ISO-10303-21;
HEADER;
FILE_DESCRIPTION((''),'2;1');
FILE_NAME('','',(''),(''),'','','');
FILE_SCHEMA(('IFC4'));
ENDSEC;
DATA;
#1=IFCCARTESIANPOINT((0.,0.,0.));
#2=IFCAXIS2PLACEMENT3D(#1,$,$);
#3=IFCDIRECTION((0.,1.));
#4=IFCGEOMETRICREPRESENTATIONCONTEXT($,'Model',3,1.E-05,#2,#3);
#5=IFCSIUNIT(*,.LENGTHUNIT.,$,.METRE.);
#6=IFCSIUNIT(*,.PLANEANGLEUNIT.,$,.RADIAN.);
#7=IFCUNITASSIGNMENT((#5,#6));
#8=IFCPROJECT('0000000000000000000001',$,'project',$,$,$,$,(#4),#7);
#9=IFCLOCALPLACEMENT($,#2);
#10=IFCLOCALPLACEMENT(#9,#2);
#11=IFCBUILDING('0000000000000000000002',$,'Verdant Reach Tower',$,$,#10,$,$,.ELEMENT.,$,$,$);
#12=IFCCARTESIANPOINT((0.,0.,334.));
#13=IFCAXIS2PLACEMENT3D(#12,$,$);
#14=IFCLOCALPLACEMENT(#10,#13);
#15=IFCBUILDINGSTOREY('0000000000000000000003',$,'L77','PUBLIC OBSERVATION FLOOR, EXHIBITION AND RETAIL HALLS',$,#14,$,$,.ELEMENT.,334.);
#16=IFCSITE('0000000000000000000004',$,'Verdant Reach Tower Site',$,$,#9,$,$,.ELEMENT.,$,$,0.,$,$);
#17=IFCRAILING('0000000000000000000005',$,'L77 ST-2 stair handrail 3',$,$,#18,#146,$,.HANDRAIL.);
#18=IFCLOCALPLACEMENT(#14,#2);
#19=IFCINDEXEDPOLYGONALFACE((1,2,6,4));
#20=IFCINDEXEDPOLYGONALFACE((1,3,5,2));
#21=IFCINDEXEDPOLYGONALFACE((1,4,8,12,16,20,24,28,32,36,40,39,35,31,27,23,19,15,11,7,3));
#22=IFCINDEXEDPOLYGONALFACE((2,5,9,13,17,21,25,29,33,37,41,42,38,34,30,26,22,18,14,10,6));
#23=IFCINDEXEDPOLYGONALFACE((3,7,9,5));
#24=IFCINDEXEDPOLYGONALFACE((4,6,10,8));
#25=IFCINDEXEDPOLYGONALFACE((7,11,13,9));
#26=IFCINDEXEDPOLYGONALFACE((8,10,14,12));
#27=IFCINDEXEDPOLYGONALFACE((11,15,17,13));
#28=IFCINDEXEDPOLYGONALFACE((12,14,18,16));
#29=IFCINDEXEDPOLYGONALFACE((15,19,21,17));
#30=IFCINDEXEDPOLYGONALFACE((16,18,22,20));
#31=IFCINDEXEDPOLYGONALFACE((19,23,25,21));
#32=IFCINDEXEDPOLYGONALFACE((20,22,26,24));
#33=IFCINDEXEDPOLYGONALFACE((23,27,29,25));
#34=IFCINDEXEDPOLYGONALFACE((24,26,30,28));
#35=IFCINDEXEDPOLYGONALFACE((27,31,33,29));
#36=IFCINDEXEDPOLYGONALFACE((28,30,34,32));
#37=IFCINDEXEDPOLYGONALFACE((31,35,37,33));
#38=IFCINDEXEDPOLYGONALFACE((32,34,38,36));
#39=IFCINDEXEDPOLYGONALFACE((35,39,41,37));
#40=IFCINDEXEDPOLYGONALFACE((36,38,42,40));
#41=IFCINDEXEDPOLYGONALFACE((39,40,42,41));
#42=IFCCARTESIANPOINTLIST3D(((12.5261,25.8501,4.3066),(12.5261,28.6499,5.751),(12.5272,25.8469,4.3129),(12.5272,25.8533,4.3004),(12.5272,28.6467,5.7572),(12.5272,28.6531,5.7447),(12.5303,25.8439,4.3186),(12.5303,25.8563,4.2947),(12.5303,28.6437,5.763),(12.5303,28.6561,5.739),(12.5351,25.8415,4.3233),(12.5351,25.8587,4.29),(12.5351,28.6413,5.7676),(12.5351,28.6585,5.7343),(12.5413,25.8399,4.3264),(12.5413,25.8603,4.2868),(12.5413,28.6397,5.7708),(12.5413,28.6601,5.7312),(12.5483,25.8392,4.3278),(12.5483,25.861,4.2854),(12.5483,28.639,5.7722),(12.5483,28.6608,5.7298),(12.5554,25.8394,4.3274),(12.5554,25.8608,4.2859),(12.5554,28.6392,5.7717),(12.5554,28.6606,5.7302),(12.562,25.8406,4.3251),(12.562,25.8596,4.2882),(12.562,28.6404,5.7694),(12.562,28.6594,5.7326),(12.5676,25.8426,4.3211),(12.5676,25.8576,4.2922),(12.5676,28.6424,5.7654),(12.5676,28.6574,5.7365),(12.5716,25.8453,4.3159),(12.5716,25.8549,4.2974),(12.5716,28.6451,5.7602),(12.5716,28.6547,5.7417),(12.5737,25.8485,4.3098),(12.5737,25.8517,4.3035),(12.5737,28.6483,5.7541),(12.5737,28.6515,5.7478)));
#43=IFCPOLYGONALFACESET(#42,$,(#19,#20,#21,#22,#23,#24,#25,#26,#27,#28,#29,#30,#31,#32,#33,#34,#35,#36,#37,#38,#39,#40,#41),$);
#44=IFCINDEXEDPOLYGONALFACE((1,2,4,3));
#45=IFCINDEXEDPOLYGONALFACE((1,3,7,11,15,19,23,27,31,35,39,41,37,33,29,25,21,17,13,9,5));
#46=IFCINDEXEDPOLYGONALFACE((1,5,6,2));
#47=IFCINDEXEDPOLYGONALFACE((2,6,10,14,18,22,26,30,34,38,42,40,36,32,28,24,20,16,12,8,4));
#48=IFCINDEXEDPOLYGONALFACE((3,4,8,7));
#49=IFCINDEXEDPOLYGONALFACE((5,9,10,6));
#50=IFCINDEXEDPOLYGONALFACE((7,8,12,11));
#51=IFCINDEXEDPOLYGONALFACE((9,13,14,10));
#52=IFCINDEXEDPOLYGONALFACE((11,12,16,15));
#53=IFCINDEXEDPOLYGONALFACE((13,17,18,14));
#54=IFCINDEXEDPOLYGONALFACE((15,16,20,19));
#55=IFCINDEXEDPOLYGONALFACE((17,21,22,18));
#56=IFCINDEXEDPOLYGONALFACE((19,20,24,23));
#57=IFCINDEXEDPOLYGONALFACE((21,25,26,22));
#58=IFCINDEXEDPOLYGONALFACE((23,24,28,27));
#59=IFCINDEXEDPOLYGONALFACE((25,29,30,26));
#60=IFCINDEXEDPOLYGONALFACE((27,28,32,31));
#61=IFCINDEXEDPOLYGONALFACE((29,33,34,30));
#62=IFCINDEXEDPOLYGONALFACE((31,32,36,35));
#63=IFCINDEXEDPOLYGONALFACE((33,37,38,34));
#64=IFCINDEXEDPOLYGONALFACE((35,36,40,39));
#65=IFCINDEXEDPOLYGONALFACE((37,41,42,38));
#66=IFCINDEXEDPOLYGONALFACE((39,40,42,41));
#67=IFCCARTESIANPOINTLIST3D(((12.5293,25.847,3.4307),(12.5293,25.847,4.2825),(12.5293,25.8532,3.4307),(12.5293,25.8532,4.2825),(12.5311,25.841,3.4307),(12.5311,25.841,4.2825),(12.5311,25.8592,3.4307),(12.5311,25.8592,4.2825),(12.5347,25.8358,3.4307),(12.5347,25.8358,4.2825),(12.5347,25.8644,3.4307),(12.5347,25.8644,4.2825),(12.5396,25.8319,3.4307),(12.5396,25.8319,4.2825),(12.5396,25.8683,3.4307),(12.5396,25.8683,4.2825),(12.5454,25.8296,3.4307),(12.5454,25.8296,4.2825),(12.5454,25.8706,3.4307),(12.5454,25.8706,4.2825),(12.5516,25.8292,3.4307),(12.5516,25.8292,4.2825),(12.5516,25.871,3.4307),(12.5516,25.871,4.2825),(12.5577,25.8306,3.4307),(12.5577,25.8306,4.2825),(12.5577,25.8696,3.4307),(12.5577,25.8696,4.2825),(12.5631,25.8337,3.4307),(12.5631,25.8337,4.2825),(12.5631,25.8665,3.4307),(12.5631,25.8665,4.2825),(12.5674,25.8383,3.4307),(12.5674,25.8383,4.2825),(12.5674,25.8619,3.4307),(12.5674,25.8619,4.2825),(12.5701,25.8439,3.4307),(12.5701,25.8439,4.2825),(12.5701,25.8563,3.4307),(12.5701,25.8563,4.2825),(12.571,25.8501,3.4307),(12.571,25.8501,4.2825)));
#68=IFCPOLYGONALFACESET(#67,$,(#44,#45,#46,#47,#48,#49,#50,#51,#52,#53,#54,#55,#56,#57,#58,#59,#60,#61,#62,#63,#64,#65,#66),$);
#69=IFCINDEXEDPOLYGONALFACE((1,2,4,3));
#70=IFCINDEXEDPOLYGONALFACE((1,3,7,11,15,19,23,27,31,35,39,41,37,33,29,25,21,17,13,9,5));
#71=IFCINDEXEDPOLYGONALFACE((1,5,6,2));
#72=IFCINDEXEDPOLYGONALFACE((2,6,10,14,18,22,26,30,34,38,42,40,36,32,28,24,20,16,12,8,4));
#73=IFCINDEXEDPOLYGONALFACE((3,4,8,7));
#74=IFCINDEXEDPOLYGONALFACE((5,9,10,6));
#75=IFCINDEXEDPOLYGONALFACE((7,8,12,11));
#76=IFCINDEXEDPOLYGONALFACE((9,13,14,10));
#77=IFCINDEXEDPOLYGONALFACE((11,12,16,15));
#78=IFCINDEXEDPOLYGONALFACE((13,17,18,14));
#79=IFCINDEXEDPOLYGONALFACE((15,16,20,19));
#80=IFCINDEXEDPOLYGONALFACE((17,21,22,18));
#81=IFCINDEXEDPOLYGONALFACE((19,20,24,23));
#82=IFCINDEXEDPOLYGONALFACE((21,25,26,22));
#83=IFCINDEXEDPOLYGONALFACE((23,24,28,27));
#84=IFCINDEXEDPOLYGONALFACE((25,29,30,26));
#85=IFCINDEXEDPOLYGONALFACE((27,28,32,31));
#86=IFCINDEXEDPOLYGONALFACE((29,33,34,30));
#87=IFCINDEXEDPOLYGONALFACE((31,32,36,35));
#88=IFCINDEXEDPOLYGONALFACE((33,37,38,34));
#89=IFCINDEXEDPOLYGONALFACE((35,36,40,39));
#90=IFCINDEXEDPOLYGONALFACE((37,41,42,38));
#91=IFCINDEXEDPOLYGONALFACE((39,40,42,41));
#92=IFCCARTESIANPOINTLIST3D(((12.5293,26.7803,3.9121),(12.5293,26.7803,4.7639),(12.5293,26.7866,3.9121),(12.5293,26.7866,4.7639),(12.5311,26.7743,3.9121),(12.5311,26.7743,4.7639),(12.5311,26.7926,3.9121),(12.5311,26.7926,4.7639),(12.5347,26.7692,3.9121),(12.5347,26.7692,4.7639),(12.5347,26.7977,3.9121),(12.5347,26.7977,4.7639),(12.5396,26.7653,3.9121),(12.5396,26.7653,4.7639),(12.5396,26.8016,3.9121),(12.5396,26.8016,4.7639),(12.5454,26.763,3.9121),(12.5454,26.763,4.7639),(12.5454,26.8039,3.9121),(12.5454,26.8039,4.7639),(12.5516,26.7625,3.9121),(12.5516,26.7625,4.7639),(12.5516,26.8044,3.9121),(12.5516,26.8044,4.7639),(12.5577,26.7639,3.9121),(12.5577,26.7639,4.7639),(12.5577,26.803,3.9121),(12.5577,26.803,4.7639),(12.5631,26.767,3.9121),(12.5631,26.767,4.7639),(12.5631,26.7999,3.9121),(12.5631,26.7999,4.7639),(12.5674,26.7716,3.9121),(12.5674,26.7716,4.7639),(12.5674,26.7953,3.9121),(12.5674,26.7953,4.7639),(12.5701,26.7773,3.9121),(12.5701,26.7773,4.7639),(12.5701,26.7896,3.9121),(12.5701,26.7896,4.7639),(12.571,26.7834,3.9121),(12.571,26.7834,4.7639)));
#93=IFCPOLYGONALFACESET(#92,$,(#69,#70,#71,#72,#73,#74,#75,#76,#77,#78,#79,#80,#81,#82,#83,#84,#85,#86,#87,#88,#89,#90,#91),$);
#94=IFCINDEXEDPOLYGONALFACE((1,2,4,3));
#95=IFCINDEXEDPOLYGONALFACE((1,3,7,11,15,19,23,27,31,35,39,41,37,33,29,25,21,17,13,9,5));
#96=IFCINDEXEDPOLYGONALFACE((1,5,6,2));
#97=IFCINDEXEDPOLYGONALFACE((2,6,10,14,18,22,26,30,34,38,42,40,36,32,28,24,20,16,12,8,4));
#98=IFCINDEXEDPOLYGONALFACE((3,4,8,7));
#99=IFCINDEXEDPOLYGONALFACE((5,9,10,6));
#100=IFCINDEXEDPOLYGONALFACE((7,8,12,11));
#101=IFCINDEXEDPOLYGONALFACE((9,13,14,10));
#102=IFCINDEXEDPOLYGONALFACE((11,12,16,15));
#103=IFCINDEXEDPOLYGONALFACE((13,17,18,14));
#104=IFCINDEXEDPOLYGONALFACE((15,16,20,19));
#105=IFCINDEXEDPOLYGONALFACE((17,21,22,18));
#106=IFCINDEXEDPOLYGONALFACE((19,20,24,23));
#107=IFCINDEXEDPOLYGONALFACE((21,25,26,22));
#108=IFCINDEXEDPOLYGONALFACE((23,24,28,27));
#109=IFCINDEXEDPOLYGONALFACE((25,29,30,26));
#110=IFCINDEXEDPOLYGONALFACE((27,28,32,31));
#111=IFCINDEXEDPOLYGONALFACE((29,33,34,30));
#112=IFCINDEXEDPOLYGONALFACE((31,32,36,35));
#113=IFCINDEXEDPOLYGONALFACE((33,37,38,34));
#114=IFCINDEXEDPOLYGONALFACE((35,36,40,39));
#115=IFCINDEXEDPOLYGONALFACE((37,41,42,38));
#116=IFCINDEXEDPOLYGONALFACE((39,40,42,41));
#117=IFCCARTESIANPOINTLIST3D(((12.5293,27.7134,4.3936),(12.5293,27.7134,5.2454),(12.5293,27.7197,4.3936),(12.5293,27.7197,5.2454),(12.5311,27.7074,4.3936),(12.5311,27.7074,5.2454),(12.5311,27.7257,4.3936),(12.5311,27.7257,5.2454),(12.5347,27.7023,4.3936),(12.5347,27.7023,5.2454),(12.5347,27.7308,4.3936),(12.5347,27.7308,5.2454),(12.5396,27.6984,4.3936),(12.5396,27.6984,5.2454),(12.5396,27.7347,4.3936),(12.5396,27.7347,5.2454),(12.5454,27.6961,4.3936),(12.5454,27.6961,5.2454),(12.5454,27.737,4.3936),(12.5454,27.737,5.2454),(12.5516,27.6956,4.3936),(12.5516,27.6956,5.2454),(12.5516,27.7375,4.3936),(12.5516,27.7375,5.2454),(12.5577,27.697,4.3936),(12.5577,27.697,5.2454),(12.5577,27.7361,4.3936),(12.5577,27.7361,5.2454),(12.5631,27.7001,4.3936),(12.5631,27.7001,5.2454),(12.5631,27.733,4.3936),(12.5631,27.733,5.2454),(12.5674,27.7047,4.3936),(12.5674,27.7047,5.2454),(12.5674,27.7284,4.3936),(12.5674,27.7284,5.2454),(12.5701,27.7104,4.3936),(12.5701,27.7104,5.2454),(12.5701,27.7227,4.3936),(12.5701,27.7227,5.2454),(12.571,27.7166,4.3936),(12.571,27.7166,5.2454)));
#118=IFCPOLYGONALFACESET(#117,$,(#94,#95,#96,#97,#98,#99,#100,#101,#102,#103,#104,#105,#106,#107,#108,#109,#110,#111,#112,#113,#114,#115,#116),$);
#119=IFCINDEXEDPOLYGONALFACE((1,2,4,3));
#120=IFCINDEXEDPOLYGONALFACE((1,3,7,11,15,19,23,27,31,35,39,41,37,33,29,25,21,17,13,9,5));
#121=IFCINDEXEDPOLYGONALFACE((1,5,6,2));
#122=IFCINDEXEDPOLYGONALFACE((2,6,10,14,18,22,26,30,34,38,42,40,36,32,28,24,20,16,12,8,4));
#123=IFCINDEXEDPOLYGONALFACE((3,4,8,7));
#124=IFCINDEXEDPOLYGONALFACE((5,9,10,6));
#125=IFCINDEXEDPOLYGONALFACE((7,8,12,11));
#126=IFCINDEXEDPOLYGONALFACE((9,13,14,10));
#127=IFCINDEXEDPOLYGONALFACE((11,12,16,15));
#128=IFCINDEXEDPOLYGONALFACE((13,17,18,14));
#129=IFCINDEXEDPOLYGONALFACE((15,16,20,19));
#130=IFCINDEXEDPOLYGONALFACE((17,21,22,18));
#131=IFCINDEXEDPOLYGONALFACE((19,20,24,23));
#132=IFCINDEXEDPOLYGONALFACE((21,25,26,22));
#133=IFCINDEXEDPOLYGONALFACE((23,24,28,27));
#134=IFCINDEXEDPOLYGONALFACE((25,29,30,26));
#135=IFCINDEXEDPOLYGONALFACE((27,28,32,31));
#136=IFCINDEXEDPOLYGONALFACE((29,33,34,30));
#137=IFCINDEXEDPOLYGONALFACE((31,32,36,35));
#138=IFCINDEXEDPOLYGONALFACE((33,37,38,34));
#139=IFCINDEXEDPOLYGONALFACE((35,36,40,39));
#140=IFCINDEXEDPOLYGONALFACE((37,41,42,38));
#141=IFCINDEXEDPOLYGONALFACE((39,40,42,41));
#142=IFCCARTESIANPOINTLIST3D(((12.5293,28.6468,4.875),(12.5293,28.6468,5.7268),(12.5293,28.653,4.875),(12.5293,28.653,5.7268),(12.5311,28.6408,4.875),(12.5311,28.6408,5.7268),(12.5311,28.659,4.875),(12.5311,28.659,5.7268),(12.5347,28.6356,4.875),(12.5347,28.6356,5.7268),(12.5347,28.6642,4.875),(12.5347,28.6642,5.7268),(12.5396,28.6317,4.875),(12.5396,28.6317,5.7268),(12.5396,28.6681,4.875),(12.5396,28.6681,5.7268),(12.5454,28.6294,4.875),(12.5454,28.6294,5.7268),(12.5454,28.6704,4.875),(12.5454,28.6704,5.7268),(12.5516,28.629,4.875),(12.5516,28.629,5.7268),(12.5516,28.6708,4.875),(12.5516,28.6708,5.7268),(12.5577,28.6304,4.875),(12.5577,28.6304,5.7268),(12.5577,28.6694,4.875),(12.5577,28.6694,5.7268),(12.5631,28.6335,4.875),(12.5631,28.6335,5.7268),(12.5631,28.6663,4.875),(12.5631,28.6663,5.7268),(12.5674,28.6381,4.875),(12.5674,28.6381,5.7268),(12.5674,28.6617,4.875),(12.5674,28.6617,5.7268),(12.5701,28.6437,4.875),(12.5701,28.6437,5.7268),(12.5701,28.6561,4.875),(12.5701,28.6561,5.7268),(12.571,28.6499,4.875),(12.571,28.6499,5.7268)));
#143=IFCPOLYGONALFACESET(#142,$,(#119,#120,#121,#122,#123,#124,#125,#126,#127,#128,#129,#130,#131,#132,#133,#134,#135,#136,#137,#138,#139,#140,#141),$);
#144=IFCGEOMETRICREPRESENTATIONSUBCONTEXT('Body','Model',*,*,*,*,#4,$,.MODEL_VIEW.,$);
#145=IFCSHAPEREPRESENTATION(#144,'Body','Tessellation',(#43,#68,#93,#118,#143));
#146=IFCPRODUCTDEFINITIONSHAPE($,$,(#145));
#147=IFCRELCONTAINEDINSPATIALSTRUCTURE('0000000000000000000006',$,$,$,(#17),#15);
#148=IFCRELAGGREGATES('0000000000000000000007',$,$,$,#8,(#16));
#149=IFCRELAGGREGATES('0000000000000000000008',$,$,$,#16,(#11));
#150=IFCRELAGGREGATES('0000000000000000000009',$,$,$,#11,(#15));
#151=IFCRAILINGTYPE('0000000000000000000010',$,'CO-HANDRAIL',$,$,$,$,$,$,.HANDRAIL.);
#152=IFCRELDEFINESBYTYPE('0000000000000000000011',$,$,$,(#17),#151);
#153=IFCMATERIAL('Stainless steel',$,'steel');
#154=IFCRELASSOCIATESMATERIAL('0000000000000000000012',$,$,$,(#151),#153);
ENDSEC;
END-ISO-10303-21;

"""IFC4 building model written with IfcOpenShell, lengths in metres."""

from ifc_helpers import new_model, si_unit, direction, frame, origin, origin_2d, place, context, subcontext, project, spatial, circle, extrude, material, type_object, element, save


model = new_model("IFC4")

# Units and contexts
model_context = context("Model", 3, precision=1e-05, world=origin(), true_north=direction((0.0, 1.0)))
body_context = subcontext(model_context, "Body", "Model", "MODEL_VIEW")
ifc_project = project(units=[si_unit("LENGTHUNIT", "METRE"), si_unit("PLANEANGLEUNIT", "RADIAN")], contexts=[model_context])

# Site, building, storey
site_placement = place(None, origin())
site = spatial("IfcSite", under=ifc_project, at=site_placement, Name="Verdant Reach Tower Site", CompositionType="ELEMENT", RefElevation=0.0)
building_placement = place(site_placement, origin())
building = spatial("IfcBuilding", under=site, at=building_placement, Name="Verdant Reach Tower", CompositionType="ELEMENT")
storey_placement = place(building_placement, frame((0.0, 0.0, 334.0)))
storey = spatial("IfcBuildingStorey", under=building, at=storey_placement, Name="L77", Description="PUBLIC OBSERVATION FLOOR, EXHIBITION AND RETAIL HALLS", CompositionType="ELEMENT", Elevation=334.0)

# Railing
ifc_material_1 = material(Name="Stainless steel", Category="steel")
railing_type_1 = type_object("IfcRailingType", Name="CO-HANDRAIL", PredefinedType="HANDRAIL", material=ifc_material_1)
railing_1_placement = place(storey_placement, frame((12.55, 25.8501, 3.4307)))
element("IfcRailing", 1, at=railing_1_placement, inside=storey, type_object=railing_type_1, Name="L77 ST-2 stair handrail 3", PredefinedType="HANDRAIL", context=body_context, shape_type="SweptSolid", body=[
    extrude(circle(Radius=0.0239, at=origin_2d()), frame((0.0, 0.0, 0.876), z_axis=(0.0, 0.888714, 0.458461), x_axis=(-1.0, 0.0, 0.0)), (0.0, 0.0, 1.0), 3.1504),
    extrude(circle(Radius=0.021, at=origin_2d()), origin(), (0.0, 0.0, 1.0), 0.8518),
    extrude(circle(Radius=0.021, at=origin_2d()), frame((0.0, 0.9333, 0.4814)), (0.0, 0.0, 1.0), 0.8518),
    extrude(circle(Radius=0.021, at=origin_2d()), frame((0.0, 1.8665, 0.9629)), (0.0, 0.0, 1.0), 0.8518),
    extrude(circle(Radius=0.021, at=origin_2d()), frame((0.0, 2.7998, 1.4443)), (0.0, 0.0, 1.0), 0.8518),
])

save(model, "model.ifc")
